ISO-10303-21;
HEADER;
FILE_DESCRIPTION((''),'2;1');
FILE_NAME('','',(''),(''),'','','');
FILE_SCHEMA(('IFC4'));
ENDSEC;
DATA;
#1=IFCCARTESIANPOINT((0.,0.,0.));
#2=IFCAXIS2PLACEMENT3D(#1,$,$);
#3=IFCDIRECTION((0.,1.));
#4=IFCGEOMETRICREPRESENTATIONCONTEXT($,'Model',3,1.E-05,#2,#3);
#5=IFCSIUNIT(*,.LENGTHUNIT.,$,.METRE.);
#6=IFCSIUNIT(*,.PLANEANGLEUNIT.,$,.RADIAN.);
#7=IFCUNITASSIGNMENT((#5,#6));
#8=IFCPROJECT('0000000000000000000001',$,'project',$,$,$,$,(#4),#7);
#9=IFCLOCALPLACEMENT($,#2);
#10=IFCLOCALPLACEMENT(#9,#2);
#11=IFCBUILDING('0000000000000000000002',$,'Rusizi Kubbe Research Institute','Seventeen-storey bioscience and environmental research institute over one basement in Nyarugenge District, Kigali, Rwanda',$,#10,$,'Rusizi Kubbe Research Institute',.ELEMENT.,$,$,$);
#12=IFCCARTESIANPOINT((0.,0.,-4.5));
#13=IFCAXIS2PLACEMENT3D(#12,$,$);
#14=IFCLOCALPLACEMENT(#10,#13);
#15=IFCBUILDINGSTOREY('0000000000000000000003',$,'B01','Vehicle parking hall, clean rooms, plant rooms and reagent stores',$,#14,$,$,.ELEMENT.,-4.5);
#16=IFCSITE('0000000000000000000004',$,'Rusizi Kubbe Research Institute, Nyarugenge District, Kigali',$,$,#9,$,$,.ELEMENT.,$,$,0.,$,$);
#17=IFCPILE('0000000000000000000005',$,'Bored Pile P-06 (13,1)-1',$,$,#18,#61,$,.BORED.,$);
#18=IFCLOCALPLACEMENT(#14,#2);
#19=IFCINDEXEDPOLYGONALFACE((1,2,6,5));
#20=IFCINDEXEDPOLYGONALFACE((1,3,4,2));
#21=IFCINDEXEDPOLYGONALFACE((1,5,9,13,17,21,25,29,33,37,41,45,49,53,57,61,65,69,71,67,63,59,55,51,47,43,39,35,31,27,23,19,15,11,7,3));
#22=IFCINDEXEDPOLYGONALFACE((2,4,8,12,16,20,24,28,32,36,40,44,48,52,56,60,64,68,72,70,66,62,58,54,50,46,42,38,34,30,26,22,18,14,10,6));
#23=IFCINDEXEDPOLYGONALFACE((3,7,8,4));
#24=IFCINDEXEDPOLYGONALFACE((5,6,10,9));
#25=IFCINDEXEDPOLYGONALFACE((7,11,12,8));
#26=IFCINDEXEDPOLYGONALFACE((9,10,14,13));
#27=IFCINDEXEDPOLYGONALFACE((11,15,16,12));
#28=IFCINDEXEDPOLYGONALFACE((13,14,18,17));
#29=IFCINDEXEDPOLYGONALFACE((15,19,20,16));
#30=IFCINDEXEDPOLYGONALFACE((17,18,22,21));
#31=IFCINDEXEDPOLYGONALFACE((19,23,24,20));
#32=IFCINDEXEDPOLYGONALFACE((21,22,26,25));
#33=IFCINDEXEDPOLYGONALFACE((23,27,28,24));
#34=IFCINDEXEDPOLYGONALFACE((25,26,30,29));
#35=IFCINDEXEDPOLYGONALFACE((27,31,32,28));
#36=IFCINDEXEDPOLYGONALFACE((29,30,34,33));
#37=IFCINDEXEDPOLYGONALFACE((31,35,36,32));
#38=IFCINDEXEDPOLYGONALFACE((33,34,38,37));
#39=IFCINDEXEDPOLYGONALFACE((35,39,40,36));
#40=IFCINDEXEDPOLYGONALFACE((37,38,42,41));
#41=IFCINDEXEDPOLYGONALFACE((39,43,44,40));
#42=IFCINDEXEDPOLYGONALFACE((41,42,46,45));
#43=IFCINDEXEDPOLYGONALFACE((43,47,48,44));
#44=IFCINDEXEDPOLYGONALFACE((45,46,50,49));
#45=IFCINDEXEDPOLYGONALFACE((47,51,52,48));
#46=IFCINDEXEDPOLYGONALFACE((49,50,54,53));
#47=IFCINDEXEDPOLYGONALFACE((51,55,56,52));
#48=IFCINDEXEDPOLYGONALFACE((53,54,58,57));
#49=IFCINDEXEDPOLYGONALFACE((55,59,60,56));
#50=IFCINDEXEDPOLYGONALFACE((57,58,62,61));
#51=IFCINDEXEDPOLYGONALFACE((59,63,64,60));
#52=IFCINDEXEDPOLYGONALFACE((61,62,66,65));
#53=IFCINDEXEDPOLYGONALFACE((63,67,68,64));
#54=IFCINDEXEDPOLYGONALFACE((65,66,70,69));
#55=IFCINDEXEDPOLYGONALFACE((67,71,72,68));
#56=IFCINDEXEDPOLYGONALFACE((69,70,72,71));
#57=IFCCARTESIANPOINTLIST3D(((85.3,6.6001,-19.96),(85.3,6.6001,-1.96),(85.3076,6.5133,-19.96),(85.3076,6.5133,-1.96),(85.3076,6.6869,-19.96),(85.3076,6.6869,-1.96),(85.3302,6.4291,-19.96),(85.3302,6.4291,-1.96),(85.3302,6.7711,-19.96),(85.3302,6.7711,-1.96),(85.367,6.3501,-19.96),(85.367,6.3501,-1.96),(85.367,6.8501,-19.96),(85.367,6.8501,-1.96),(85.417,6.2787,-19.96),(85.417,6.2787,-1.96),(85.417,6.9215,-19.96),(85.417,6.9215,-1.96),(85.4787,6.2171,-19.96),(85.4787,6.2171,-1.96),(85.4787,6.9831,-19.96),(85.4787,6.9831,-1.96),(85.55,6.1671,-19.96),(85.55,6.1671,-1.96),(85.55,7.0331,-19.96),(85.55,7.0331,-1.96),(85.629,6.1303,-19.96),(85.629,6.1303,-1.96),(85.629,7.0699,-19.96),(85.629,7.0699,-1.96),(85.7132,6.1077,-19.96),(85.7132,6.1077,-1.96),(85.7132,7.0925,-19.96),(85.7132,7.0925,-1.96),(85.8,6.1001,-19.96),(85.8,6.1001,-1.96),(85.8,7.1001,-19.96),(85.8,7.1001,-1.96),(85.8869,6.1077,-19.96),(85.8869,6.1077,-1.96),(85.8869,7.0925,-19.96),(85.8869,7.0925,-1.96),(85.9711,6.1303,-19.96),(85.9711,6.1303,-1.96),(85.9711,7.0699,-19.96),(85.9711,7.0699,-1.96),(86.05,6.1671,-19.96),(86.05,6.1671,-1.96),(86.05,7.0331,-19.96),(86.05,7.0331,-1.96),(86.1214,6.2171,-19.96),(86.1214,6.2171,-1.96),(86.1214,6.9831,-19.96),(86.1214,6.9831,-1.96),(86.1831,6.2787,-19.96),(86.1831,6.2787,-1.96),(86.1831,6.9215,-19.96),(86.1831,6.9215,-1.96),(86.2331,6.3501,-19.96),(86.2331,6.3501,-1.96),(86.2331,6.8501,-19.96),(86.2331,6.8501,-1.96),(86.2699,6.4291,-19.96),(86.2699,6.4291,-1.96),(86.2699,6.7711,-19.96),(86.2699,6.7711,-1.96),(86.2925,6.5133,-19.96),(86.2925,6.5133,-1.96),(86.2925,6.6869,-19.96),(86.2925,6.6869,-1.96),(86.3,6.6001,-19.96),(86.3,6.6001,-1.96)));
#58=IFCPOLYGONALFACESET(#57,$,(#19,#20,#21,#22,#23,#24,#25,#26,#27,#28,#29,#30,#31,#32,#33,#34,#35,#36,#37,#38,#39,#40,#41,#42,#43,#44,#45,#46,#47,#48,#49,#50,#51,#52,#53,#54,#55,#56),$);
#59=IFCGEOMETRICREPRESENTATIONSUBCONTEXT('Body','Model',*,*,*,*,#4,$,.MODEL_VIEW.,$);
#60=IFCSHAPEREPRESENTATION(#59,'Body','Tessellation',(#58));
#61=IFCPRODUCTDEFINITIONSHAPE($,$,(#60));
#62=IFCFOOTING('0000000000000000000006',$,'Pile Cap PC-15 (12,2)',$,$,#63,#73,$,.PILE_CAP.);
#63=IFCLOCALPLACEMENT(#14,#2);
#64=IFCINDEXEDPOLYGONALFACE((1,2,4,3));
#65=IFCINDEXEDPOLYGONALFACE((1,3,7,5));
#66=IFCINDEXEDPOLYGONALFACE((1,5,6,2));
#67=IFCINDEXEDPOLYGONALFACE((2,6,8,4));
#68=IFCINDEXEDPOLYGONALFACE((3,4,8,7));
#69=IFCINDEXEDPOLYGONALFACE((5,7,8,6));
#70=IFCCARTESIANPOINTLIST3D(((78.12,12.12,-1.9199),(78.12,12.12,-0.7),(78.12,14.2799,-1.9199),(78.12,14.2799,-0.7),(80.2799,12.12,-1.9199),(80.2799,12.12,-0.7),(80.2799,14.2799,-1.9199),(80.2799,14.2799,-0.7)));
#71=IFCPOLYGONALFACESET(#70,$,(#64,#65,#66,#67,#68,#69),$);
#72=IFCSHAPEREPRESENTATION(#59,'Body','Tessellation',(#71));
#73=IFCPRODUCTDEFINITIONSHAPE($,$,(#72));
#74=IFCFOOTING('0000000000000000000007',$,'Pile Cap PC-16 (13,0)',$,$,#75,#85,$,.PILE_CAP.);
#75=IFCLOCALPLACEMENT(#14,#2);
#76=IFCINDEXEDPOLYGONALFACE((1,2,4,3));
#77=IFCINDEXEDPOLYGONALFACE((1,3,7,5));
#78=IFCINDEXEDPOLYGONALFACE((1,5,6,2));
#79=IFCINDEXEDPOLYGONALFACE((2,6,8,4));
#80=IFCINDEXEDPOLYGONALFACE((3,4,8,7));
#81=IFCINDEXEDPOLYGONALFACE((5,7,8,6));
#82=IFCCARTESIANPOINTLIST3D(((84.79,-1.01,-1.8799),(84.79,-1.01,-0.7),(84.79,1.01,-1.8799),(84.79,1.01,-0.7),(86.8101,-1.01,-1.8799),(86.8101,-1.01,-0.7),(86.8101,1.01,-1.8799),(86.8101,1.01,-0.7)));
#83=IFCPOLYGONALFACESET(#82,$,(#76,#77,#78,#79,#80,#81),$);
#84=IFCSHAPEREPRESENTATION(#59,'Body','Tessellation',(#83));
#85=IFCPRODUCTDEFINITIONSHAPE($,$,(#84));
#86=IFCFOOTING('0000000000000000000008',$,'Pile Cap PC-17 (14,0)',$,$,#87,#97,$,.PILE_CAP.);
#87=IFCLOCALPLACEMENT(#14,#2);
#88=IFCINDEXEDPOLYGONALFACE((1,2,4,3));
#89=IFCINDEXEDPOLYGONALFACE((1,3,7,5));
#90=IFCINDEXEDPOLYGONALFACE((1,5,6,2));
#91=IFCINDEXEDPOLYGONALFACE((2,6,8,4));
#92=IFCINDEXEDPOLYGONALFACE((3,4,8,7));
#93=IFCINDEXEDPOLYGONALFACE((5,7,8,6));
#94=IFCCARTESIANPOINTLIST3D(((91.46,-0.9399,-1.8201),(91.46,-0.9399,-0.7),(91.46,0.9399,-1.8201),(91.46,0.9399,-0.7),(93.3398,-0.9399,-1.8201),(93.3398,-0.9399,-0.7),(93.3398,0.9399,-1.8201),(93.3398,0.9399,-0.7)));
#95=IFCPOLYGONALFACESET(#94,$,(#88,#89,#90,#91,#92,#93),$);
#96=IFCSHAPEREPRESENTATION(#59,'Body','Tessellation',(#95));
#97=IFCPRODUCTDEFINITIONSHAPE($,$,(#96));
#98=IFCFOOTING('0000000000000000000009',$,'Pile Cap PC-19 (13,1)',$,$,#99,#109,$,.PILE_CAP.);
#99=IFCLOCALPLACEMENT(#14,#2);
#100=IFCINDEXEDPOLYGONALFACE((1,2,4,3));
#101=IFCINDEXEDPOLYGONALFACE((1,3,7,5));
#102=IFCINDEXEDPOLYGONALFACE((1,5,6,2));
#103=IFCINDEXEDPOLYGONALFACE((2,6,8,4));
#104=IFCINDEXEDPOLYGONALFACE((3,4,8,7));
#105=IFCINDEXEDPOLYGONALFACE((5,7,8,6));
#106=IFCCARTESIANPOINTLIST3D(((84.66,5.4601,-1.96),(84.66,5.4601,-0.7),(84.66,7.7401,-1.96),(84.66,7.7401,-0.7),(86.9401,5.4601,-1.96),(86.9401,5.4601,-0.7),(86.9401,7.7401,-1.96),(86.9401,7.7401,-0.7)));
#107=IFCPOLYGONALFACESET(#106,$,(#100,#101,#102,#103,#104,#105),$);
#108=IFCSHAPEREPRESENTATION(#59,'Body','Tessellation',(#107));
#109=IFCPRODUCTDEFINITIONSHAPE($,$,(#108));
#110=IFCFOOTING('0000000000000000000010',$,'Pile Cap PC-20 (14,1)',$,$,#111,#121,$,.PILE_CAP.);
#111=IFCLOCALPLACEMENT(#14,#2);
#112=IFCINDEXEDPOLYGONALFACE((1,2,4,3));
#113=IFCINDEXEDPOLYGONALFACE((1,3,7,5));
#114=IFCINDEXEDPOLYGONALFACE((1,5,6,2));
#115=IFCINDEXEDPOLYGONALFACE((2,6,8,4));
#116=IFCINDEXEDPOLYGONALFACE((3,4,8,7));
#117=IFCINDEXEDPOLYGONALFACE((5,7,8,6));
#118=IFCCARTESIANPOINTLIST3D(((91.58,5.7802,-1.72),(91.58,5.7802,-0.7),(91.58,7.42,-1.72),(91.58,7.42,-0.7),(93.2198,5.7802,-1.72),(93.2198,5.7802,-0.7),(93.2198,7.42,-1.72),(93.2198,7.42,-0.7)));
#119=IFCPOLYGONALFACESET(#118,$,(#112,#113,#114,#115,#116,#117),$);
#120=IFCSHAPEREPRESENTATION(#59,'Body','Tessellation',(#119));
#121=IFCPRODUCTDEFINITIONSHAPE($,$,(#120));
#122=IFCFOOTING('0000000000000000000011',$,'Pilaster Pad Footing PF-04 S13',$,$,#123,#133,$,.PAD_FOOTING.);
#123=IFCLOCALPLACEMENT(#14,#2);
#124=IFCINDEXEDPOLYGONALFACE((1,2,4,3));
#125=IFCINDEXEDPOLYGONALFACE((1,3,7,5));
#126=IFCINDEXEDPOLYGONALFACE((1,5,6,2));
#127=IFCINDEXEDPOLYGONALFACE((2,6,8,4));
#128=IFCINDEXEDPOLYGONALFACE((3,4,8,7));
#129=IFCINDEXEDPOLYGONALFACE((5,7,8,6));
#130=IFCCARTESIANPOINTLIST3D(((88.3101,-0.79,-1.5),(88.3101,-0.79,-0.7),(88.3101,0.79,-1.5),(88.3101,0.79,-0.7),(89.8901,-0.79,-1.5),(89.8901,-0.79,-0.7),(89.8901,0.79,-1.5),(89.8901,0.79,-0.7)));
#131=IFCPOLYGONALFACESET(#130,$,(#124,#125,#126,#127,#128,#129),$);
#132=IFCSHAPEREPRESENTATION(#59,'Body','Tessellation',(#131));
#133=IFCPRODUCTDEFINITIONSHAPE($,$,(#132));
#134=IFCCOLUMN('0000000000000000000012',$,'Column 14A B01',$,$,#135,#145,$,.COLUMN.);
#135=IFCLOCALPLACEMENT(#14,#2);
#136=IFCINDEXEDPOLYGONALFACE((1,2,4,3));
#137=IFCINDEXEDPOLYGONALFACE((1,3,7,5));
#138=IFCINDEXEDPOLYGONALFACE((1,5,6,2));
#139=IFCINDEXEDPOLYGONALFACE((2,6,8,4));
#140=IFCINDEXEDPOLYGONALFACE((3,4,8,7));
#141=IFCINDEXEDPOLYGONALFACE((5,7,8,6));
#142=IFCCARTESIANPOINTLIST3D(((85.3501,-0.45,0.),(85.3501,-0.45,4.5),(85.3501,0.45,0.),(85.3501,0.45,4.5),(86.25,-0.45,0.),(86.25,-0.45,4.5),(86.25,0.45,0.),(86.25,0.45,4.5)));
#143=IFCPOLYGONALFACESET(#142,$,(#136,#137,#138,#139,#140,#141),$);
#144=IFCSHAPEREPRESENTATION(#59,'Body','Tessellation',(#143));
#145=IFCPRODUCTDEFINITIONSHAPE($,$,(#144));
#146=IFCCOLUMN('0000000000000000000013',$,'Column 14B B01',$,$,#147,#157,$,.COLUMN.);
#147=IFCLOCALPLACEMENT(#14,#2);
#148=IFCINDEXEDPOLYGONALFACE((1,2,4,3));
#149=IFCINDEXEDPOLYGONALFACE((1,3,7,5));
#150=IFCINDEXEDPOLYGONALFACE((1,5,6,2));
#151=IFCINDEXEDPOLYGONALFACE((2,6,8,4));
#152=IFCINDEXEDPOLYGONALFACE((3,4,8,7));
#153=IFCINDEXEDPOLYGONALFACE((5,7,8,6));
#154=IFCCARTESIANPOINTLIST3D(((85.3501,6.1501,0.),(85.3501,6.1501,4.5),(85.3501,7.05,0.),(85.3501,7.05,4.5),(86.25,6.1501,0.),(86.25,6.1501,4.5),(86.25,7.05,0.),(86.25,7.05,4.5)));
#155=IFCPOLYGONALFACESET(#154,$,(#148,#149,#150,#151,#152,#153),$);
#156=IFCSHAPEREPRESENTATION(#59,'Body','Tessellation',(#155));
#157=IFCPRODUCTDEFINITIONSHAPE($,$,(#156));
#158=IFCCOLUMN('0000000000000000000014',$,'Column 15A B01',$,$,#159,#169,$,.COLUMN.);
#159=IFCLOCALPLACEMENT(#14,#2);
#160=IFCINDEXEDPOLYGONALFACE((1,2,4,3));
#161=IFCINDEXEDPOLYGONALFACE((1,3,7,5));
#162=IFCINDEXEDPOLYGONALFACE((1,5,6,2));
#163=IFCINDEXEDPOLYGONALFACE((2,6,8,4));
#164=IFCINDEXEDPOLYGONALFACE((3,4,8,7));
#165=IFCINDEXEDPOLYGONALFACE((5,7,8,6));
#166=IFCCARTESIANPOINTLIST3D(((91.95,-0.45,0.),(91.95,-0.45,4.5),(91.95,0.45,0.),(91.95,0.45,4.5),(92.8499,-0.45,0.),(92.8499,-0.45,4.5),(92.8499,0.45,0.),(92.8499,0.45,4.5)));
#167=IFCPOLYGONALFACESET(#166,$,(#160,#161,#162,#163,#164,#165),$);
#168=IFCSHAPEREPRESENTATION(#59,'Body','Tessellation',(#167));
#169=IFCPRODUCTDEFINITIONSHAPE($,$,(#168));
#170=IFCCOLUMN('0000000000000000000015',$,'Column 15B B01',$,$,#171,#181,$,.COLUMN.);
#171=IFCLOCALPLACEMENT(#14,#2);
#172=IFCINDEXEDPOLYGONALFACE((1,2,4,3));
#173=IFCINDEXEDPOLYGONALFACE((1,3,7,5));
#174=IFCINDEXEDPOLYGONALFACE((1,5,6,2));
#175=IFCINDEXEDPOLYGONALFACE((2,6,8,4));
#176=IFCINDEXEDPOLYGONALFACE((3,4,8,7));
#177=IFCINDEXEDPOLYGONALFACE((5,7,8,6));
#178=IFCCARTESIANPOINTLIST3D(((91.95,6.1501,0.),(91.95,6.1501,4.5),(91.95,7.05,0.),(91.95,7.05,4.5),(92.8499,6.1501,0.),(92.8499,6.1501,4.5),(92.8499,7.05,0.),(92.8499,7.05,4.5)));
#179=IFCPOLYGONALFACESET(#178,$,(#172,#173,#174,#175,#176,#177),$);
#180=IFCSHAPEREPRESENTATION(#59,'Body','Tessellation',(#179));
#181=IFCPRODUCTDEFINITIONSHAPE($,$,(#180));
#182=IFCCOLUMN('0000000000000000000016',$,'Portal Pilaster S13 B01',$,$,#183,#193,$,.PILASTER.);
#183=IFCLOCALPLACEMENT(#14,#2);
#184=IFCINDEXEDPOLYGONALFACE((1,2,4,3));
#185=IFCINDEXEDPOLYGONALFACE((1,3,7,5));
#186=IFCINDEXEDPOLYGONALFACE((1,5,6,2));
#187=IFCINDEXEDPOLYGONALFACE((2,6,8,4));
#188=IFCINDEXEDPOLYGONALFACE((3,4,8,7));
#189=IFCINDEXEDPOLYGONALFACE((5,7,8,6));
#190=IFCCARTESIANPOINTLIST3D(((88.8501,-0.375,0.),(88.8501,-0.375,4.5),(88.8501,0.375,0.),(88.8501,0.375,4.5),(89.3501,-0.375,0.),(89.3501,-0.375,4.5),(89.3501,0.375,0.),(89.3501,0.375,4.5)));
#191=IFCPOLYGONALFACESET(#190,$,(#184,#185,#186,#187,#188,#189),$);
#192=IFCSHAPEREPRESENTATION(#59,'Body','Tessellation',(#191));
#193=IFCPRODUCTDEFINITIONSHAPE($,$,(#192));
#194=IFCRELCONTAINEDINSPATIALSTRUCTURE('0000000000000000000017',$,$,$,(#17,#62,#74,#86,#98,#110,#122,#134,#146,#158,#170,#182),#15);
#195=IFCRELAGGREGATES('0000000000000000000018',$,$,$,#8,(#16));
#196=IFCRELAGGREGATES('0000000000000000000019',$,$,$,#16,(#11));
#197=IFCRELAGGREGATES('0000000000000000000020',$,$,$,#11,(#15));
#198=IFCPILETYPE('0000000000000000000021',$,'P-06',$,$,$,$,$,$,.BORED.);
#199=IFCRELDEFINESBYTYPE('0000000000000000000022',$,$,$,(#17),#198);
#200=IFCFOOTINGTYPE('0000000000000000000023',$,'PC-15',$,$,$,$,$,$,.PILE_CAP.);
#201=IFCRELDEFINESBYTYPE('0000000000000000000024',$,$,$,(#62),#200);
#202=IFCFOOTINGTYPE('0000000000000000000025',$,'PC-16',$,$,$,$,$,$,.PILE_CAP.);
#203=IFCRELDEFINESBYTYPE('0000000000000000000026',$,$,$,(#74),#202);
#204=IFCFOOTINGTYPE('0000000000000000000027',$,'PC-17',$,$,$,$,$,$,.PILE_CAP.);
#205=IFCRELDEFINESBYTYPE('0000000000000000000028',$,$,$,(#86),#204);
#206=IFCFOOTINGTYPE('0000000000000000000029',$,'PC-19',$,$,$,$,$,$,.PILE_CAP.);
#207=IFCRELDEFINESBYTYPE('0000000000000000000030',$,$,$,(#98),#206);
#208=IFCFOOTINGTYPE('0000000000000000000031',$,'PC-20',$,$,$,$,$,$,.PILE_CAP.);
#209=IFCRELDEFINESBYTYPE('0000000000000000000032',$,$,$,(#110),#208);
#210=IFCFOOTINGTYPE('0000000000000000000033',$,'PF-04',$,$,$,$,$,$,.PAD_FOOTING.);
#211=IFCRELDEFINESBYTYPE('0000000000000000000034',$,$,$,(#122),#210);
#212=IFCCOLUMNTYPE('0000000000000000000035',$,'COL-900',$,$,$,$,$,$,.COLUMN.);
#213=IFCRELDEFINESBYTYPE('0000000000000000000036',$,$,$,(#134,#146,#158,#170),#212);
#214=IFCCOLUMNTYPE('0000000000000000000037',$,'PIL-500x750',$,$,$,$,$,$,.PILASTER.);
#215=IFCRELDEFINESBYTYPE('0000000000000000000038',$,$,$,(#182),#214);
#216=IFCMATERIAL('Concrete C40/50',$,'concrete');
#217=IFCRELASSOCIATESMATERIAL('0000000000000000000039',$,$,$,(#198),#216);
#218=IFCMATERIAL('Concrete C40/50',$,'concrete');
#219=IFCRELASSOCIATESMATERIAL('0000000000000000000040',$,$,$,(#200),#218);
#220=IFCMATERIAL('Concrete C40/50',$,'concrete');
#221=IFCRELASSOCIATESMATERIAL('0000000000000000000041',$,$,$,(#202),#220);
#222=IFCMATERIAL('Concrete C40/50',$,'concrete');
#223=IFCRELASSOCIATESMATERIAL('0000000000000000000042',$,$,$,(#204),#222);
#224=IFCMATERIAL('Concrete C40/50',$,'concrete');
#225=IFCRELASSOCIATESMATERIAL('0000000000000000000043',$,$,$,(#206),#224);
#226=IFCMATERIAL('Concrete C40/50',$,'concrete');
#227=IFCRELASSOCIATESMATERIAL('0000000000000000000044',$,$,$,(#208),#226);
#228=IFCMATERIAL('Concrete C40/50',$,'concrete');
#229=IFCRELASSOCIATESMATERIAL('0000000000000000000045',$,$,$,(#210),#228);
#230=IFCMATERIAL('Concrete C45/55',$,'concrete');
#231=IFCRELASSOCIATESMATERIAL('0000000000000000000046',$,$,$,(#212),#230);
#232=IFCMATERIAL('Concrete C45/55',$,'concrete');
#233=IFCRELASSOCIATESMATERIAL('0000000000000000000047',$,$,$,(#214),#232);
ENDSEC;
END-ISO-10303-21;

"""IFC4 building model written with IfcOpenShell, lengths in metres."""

from ifc_helpers import new_model, si_unit, direction, frame, origin, origin_2d, place, context, subcontext, project, spatial, rectangle, circle, extrude, material, material_profile, profile_set, type_object, element, save


model = new_model("IFC4")

# Units and contexts
model_context = context("Model", 3, precision=1e-05, world=origin(), true_north=direction((0.0, 1.0)))
body_context = subcontext(model_context, "Body", "Model", "MODEL_VIEW")
ifc_project = project(units=[si_unit("LENGTHUNIT", "METRE"), si_unit("PLANEANGLEUNIT", "RADIAN")], contexts=[model_context])

# Site, building, storey
site_placement = place(None, origin())
site = spatial("IfcSite", under=ifc_project, at=site_placement, Name="Rusizi Kubbe Research Institute, Nyarugenge District, Kigali", CompositionType="ELEMENT", RefElevation=0.0)
building_placement = place(site_placement, origin())
building = spatial("IfcBuilding", under=site, at=building_placement, Name="Rusizi Kubbe Research Institute", Description="Seventeen-storey bioscience and environmental research institute over one basement in Nyarugenge District, Kigali, Rwanda", LongName="Rusizi Kubbe Research Institute", CompositionType="ELEMENT")
storey_placement = place(building_placement, frame((0.0, 0.0, -4.5)))
storey = spatial("IfcBuildingStorey", under=building, at=storey_placement, Name="B01", Description="Vehicle parking hall, clean rooms, plant rooms and reagent stores", CompositionType="ELEMENT", Elevation=-4.5)

# Pile
ifc_material_1 = material(Name="Concrete C40/50", Category="concrete")
ifc_material_profile_1 = material_profile(ifc_material_1, circle(Radius=0.5, at=origin_2d()), Name="PILE-D1000")
ifc_profile_set_1 = profile_set([ifc_material_profile_1], Name="Concrete C40/50")
pile_type_1 = type_object("IfcPileType", Name="P-06", PredefinedType="BORED", material=ifc_profile_set_1)
pile_1_placement = place(storey_placement, frame((85.8, 6.6001, -1.96), z_axis=(0.0, 0.0, -1.0), x_axis=(1.0, 0.0, 0.0)))
element("IfcPile", 1, at=pile_1_placement, inside=storey, type_object=pile_type_1, Name="Bored Pile P-06 (13,1)-1", PredefinedType="BORED", context=body_context, shape_type="SweptSolid", body=[
    extrude(circle(Radius=0.5, at=origin_2d()), origin(), (0.0, 0.0, 1.0), 18.0),
])

# Footings
ifc_material_2 = material(Name="Concrete C40/50", Category="concrete")
footing_type_1 = type_object("IfcFootingType", Name="PC-15", PredefinedType="PILE_CAP", material=ifc_material_2)
footing_1_placement = place(storey_placement, frame((79.2, 13.2, -1.9199), z_axis=(0.0, 0.0, 1.0), x_axis=(1.0, 0.0, 0.0)))
element("IfcFooting", 2, at=footing_1_placement, inside=storey, type_object=footing_type_1, Name="Pile Cap PC-15 (12,2)", PredefinedType="PILE_CAP", context=body_context, shape_type="SweptSolid", body=[
    extrude(rectangle(XDim=2.1599, YDim=2.1599, at=origin_2d()), origin(), (0.0, 0.0, 1.0), 1.22),
])
ifc_material_3 = material(Name="Concrete C40/50", Category="concrete")
footing_type_2 = type_object("IfcFootingType", Name="PC-16", PredefinedType="PILE_CAP", material=ifc_material_3)
footing_2_placement = place(storey_placement, frame((85.8, 0.0, -1.8799), z_axis=(0.0, 0.0, 1.0), x_axis=(1.0, 0.0, 0.0)))
element("IfcFooting", 3, at=footing_2_placement, inside=storey, type_object=footing_type_2, Name="Pile Cap PC-16 (13,0)", PredefinedType="PILE_CAP", context=body_context, shape_type="SweptSolid", body=[
    extrude(rectangle(XDim=2.02, YDim=2.02, at=origin_2d()), origin(), (0.0, 0.0, 1.0), 1.1799),
])
ifc_material_4 = material(Name="Concrete C40/50", Category="concrete")
footing_type_3 = type_object("IfcFootingType", Name="PC-17", PredefinedType="PILE_CAP", material=ifc_material_4)
footing_3_placement = place(storey_placement, frame((92.3999, 0.0, -1.8201), z_axis=(0.0, 0.0, 1.0), x_axis=(1.0, 0.0, 0.0)))
element("IfcFooting", 4, at=footing_3_placement, inside=storey, type_object=footing_type_3, Name="Pile Cap PC-17 (14,0)", PredefinedType="PILE_CAP", context=body_context, shape_type="SweptSolid", body=[
    extrude(rectangle(XDim=1.8799, YDim=1.8799, at=origin_2d()), origin(), (0.0, 0.0, 1.0), 1.1201),
])
ifc_material_5 = material(Name="Concrete C40/50", Category="concrete")
footing_type_4 = type_object("IfcFootingType", Name="PC-19", PredefinedType="PILE_CAP", material=ifc_material_5)
footing_4_placement = place(storey_placement, frame((85.8, 6.6001, -1.96), z_axis=(0.0, 0.0, 1.0), x_axis=(1.0, 0.0, 0.0)))
element("IfcFooting", 5, at=footing_4_placement, inside=storey, type_object=footing_type_4, Name="Pile Cap PC-19 (13,1)", PredefinedType="PILE_CAP", context=body_context, shape_type="SweptSolid", body=[
    extrude(rectangle(XDim=2.28, YDim=2.28, at=origin_2d()), origin(), (0.0, 0.0, 1.0), 1.26),
])
ifc_material_6 = material(Name="Concrete C40/50", Category="concrete")
footing_type_5 = type_object("IfcFootingType", Name="PC-20", PredefinedType="PILE_CAP", material=ifc_material_6)
footing_5_placement = place(storey_placement, frame((92.3999, 6.6001, -1.72), z_axis=(0.0, 0.0, 1.0), x_axis=(1.0, 0.0, 0.0)))
element("IfcFooting", 6, at=footing_5_placement, inside=storey, type_object=footing_type_5, Name="Pile Cap PC-20 (14,1)", PredefinedType="PILE_CAP", context=body_context, shape_type="SweptSolid", body=[
    extrude(rectangle(XDim=1.6399, YDim=1.6399, at=origin_2d()), origin(), (0.0, 0.0, 1.0), 1.02),
])
ifc_material_7 = material(Name="Concrete C40/50", Category="concrete")
footing_type_6 = type_object("IfcFootingType", Name="PF-04", PredefinedType="PAD_FOOTING", material=ifc_material_7)
footing_6_placement = place(storey_placement, frame((89.1001, 0.0, -1.5), z_axis=(0.0, 0.0, 1.0), x_axis=(1.0, 0.0, 0.0)))
element("IfcFooting", 7, at=footing_6_placement, inside=storey, type_object=footing_type_6, Name="Pilaster Pad Footing PF-04 S13", PredefinedType="PAD_FOOTING", context=body_context, shape_type="SweptSolid", body=[
    extrude(rectangle(XDim=1.5801, YDim=1.5801, at=origin_2d()), origin(), (0.0, 0.0, 1.0), 0.8),
])

# Columns
ifc_material_8 = material(Name="Concrete C45/55", Category="concrete")
ifc_material_profile_2 = material_profile(ifc_material_8, rectangle(XDim=0.8999, YDim=0.8999, at=origin_2d()), Name="RC900x900")
ifc_profile_set_2 = profile_set([ifc_material_profile_2], Name="Concrete C45/55")
column_type_1 = type_object("IfcColumnType", Name="COL-900", PredefinedType="COLUMN", material=ifc_profile_set_2)
for number, where, z_axis, x_axis, name in (
    (8, (85.8, 0.0, 0.0), (0.0, 0.0, 1.0), (1.0, 0.0, 0.0), "Column 14A B01"),
    (9, (85.8, 6.6001, 0.0), (0.0, 0.0, 1.0), (1.0, 0.0, 0.0), "Column 14B B01"),
    (10, (92.3999, 0.0, 0.0), (0.0, 0.0, 1.0), (1.0, 0.0, 0.0), "Column 15A B01"),
    (11, (92.3999, 6.6001, 0.0), (0.0, 0.0, 1.0), (1.0, 0.0, 0.0), "Column 15B B01"),
):
    element("IfcColumn", number, at=place(storey_placement, frame(where, z_axis=z_axis, x_axis=x_axis)), inside=storey, type_object=column_type_1, Name=name, PredefinedType="COLUMN", context=body_context, shape_type="SweptSolid", body=[
        extrude(rectangle(XDim=0.8999, YDim=0.8999, at=origin_2d()), origin(), (0.0, 0.0, 1.0), 4.5),
    ])
ifc_material_9 = material(Name="Concrete C45/55", Category="concrete")
ifc_material_profile_3 = material_profile(ifc_material_9, rectangle(XDim=0.5, YDim=0.75, at=origin_2d()), Name="RC500x750")
ifc_profile_set_3 = profile_set([ifc_material_profile_3], Name="Concrete C45/55")
column_type_2 = type_object("IfcColumnType", Name="PIL-500x750", PredefinedType="PILASTER", material=ifc_profile_set_3)
column_placement = place(storey_placement, frame((89.1001, 0.0, 0.0), z_axis=(0.0, 0.0, 1.0), x_axis=(1.0, 0.0, 0.0)))
element("IfcColumn", 12, at=column_placement, inside=storey, type_object=column_type_2, Name="Portal Pilaster S13 B01", PredefinedType="PILASTER", context=body_context, shape_type="SweptSolid", body=[
    extrude(rectangle(XDim=0.5, YDim=0.75, at=origin_2d()), origin(), (0.0, 0.0, 1.0), 4.5),
])

save(model, "model.ifc")
